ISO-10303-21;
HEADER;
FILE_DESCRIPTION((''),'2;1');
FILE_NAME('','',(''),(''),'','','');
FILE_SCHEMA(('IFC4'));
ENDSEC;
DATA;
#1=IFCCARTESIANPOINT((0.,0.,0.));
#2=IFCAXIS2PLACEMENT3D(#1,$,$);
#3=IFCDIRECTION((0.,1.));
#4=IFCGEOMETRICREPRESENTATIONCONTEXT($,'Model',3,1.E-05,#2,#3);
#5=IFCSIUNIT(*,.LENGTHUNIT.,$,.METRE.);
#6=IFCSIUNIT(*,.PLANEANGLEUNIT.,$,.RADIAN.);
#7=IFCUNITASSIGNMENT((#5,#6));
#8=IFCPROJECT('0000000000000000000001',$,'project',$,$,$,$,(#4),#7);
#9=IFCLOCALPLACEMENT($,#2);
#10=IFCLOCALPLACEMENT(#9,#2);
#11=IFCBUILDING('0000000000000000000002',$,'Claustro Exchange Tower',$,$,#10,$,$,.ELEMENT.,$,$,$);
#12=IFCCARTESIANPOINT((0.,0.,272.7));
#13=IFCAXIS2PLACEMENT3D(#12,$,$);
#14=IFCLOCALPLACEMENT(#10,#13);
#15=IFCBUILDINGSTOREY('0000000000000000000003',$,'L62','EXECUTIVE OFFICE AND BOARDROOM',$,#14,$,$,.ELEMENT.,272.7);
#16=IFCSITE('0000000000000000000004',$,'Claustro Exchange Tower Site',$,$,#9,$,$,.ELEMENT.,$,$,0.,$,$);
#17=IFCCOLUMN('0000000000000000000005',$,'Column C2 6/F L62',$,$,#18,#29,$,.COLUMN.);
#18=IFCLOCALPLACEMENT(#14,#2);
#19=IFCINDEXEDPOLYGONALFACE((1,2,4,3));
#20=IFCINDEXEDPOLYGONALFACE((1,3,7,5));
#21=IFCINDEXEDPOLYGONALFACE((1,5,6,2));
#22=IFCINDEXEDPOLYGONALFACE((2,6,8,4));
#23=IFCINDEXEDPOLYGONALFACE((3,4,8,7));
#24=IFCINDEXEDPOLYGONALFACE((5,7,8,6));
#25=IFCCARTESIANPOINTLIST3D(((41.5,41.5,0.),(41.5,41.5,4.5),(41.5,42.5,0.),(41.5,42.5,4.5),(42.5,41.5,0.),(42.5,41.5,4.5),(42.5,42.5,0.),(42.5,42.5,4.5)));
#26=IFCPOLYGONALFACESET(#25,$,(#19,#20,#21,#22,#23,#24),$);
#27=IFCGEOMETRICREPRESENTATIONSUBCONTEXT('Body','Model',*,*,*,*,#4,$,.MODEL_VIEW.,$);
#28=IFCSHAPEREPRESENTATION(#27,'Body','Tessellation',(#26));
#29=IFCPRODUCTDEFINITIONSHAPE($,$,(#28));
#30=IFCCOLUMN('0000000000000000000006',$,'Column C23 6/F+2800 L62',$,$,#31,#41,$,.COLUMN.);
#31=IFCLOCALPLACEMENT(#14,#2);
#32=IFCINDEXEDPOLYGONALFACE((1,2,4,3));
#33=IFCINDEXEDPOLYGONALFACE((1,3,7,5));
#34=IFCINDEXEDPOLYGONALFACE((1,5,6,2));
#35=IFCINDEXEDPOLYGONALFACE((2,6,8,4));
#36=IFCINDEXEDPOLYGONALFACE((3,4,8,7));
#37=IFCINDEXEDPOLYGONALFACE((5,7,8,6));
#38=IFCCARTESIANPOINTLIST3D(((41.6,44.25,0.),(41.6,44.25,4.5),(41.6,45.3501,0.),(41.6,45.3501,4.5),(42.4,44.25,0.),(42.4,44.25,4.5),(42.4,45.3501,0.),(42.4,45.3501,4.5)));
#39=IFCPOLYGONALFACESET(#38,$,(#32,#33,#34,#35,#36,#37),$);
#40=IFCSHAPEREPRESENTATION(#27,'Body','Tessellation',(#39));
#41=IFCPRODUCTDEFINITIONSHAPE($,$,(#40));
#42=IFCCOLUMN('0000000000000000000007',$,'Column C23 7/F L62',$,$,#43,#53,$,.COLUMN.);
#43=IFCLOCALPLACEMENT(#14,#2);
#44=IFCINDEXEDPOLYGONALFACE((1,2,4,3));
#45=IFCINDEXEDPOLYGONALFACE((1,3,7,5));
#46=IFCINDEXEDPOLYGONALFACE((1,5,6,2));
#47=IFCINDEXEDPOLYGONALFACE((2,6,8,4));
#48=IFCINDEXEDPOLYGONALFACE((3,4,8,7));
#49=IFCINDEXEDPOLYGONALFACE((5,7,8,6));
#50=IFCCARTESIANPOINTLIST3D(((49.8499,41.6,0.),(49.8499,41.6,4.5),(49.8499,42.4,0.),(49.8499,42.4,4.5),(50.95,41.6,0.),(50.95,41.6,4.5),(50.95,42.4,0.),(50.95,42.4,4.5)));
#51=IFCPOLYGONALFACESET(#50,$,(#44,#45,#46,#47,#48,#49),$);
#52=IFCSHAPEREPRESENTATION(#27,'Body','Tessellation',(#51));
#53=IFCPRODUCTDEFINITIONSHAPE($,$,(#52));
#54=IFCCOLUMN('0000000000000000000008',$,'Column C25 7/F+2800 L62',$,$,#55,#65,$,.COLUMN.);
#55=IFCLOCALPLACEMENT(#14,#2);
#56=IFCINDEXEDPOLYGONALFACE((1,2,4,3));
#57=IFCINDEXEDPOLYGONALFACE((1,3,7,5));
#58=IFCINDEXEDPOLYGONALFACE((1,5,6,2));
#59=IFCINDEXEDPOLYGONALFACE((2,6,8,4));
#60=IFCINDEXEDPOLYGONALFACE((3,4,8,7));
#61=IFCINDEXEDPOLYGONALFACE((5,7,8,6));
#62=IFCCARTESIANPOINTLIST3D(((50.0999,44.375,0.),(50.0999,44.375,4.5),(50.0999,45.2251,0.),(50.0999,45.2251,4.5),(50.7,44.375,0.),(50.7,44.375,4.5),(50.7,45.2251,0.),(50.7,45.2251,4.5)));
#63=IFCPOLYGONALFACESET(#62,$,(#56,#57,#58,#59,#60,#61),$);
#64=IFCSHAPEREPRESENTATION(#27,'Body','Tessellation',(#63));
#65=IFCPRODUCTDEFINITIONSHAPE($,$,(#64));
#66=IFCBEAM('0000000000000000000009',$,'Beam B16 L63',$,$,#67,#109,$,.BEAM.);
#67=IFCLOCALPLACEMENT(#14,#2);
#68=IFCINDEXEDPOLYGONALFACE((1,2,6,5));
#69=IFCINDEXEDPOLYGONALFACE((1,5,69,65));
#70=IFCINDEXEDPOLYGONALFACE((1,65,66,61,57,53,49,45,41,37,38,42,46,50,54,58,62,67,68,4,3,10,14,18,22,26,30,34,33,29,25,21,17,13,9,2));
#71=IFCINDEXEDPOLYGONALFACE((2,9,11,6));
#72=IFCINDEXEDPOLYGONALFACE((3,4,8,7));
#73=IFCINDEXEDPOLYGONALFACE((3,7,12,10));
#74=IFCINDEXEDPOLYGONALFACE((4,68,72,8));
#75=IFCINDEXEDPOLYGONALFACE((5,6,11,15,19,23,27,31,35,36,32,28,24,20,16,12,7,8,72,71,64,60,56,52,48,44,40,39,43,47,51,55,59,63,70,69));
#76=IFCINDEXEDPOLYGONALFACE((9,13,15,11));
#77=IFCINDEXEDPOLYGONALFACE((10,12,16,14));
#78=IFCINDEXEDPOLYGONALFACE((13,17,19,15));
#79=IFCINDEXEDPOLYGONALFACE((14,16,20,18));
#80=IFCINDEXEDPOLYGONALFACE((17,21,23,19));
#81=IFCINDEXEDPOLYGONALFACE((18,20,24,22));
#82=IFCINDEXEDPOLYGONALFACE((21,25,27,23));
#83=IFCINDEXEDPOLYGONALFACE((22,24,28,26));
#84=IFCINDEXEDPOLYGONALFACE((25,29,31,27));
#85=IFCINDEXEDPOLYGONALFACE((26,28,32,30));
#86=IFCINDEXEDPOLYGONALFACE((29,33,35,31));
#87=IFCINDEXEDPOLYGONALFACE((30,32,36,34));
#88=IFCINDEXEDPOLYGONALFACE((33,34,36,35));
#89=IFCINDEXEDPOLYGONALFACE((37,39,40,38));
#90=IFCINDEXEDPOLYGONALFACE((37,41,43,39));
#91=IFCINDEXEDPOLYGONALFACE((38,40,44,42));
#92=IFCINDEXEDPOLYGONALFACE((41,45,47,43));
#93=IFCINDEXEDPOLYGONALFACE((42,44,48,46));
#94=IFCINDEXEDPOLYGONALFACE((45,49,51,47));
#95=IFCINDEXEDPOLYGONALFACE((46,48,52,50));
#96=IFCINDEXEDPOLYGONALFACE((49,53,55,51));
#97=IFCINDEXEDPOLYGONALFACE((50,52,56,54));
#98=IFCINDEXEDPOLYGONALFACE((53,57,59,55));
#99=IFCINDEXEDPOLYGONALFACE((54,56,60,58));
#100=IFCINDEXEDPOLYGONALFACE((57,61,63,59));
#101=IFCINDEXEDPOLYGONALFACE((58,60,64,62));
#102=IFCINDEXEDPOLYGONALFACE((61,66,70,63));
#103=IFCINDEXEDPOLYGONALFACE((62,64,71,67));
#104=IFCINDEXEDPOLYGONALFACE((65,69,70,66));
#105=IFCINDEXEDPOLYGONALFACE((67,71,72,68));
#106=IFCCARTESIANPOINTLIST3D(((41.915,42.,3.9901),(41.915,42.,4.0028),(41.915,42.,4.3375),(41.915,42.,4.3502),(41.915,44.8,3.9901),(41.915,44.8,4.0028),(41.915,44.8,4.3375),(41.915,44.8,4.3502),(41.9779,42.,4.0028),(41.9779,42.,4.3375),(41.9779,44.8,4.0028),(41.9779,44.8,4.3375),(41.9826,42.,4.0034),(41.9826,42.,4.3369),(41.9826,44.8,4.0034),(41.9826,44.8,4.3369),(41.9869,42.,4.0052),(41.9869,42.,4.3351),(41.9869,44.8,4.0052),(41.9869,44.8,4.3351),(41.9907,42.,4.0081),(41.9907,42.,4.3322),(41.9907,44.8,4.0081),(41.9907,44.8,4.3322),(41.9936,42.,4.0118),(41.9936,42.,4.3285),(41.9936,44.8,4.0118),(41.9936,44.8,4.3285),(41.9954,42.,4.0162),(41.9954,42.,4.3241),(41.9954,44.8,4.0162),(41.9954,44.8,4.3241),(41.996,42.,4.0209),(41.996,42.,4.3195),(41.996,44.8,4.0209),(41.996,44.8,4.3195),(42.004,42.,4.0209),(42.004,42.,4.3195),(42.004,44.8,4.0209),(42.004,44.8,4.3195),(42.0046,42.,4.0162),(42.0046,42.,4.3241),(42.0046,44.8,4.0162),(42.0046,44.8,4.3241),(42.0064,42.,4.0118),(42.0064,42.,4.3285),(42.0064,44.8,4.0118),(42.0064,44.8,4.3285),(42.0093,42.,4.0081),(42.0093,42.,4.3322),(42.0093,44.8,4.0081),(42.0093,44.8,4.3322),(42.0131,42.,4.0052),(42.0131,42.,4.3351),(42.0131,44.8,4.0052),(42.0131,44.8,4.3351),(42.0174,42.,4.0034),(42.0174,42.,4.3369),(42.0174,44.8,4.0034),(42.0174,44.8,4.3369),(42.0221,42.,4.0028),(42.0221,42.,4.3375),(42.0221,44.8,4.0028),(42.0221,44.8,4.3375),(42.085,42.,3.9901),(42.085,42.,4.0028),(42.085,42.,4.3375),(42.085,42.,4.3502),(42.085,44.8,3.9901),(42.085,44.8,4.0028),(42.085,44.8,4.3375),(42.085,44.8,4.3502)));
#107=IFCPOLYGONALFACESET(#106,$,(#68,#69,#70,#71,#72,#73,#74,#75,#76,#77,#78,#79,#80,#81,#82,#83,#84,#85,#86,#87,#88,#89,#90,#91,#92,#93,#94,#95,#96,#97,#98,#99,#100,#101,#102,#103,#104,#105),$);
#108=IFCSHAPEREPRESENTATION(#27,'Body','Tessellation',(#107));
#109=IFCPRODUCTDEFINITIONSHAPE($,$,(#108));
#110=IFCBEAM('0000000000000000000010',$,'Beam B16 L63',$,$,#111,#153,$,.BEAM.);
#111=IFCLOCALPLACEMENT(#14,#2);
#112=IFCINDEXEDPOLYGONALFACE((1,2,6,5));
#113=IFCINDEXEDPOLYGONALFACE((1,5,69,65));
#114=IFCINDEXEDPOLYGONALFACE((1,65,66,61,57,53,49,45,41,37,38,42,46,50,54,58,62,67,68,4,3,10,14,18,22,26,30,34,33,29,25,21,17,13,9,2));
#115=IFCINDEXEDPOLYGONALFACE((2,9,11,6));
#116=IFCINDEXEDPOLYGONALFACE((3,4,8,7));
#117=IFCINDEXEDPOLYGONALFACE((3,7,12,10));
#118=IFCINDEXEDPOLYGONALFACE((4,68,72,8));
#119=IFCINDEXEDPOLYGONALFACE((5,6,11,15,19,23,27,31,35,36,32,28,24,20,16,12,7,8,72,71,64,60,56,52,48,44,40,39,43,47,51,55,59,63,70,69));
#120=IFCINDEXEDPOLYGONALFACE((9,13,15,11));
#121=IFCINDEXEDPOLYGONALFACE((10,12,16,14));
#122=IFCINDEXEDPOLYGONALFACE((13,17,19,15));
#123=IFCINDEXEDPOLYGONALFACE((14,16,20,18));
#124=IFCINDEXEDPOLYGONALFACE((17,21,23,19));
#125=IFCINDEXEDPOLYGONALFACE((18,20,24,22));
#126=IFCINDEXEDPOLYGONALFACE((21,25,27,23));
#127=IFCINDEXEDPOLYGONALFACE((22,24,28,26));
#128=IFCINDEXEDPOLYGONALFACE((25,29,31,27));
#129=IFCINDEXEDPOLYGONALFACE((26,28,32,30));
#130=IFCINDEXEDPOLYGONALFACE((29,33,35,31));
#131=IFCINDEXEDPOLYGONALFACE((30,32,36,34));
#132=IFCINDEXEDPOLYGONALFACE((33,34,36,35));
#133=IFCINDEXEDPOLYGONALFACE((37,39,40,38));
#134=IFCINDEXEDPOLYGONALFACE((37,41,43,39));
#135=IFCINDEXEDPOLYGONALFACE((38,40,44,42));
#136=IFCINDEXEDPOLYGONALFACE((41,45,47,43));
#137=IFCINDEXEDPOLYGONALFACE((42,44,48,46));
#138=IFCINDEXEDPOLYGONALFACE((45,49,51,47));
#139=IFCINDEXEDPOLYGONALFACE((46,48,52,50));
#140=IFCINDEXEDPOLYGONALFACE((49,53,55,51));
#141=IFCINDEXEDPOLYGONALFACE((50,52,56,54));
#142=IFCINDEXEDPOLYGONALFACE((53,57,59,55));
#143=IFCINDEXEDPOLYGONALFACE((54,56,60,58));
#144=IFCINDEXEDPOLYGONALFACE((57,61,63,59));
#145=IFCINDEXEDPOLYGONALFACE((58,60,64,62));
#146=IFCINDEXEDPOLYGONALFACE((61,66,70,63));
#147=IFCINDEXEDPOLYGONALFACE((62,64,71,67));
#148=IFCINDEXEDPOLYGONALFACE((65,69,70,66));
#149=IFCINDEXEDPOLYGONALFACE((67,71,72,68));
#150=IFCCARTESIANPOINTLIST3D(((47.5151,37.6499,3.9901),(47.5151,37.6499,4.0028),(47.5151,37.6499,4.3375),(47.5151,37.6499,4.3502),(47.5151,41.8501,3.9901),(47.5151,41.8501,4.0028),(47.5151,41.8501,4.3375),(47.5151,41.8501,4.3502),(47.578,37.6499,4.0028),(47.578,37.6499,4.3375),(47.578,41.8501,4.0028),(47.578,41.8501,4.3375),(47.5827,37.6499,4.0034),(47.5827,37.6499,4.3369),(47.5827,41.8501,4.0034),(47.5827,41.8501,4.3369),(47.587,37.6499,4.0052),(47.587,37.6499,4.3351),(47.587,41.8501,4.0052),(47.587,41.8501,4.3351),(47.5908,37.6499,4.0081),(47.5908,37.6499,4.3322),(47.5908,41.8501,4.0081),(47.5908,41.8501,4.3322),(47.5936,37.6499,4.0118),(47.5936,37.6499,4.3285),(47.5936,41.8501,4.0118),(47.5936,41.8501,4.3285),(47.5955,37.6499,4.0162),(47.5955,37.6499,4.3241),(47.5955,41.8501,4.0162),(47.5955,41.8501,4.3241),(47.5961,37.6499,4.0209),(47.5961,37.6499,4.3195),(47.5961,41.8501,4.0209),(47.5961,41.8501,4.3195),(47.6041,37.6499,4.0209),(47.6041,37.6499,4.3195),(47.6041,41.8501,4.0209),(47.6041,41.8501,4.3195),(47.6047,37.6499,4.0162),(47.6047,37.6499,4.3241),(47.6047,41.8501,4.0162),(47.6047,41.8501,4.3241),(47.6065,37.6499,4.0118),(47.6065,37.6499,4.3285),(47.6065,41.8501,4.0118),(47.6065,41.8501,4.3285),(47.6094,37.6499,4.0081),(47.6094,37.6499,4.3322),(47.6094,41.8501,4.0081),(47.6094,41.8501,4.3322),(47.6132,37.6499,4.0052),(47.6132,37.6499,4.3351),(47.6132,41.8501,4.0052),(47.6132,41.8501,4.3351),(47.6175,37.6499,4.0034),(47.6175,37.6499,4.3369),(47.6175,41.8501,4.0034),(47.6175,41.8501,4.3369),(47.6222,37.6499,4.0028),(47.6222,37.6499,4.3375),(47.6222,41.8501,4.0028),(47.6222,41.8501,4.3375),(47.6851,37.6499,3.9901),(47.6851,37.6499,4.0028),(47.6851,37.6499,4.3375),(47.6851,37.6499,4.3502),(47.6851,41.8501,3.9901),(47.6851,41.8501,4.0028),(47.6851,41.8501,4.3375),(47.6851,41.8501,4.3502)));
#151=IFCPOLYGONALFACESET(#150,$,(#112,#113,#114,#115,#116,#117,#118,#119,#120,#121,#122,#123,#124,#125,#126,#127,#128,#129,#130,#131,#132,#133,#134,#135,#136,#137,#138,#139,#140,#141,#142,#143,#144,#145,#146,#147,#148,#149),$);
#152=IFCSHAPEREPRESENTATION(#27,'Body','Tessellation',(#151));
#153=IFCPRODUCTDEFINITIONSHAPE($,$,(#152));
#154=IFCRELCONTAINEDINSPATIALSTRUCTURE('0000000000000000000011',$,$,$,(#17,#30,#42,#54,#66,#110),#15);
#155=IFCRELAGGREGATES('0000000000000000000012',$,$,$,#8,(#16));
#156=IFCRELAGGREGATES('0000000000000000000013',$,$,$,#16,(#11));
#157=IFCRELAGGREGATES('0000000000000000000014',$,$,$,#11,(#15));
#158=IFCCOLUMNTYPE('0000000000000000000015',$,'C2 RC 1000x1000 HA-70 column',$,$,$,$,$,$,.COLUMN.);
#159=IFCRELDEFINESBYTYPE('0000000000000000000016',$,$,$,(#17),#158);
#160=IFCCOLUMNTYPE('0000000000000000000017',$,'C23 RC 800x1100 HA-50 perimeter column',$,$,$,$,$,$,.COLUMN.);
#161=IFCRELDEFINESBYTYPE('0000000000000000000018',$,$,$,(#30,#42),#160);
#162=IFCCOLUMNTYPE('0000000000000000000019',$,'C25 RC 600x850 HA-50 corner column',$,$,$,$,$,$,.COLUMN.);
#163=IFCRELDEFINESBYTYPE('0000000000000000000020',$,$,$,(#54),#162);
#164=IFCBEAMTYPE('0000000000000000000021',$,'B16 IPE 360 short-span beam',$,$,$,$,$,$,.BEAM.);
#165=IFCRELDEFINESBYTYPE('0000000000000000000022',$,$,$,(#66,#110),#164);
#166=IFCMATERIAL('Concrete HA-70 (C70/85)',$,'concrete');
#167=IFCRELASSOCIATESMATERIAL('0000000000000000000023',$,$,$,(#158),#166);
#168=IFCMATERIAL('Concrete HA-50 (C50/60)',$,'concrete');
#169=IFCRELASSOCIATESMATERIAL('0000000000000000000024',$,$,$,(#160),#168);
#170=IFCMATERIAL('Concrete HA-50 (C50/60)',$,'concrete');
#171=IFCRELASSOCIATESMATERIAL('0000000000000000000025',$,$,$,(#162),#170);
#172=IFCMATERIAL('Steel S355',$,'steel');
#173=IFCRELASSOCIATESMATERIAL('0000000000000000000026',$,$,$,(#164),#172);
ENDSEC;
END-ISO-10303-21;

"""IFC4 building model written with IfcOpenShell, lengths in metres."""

from ifc_helpers import new_model, si_unit, direction, frame, origin, origin_2d, place, context, subcontext, project, spatial, rectangle, i_section, extrude, material, material_profile, profile_set, type_object, element, save


model = new_model("IFC4")

# Units and contexts
model_context = context("Model", 3, precision=1e-05, world=origin(), true_north=direction((0.0, 1.0)))
body_context = subcontext(model_context, "Body", "Model", "MODEL_VIEW")
ifc_project = project(units=[si_unit("LENGTHUNIT", "METRE"), si_unit("PLANEANGLEUNIT", "RADIAN")], contexts=[model_context])

# Site, building, storey
site_placement = place(None, origin())
site = spatial("IfcSite", under=ifc_project, at=site_placement, Name="Claustro Exchange Tower Site", CompositionType="ELEMENT", RefElevation=0.0)
building_placement = place(site_placement, origin())
building = spatial("IfcBuilding", under=site, at=building_placement, Name="Claustro Exchange Tower", CompositionType="ELEMENT")
storey_placement = place(building_placement, frame((0.0, 0.0, 272.7)))
storey = spatial("IfcBuildingStorey", under=building, at=storey_placement, Name="L62", Description="EXECUTIVE OFFICE AND BOARDROOM", CompositionType="ELEMENT", Elevation=272.7)

# Columns
ifc_material_1 = material(Name="Concrete HA-70 (C70/85)", Category="concrete")
ifc_material_profile_1 = material_profile(ifc_material_1, rectangle(XDim=1.0, YDim=1.0, at=origin_2d()), Name="RC 1000x1000")
ifc_profile_set_1 = profile_set([ifc_material_profile_1], Name="Concrete HA-70 (C70/85)")
column_type_1 = type_object("IfcColumnType", Name="C2 RC 1000x1000 HA-70 column", PredefinedType="COLUMN", material=ifc_profile_set_1)
column_1_placement = place(storey_placement, frame((42.0, 42.0, 0.0), z_axis=(0.0, 0.0, 1.0), x_axis=(1.0, 0.0, 0.0)))
element("IfcColumn", 1, at=column_1_placement, inside=storey, type_object=column_type_1, Name="Column C2 6/F L62", PredefinedType="COLUMN", context=body_context, shape_type="SweptSolid", body=[
    extrude(rectangle(XDim=1.0, YDim=1.0, at=origin_2d()), origin(), (0.0, 0.0, 1.0), 4.5),
])
ifc_material_2 = material(Name="Concrete HA-50 (C50/60)", Category="concrete")
ifc_material_profile_2 = material_profile(ifc_material_2, rectangle(XDim=0.8, YDim=1.1001, at=origin_2d()), Name="RC 800x1100")
ifc_profile_set_2 = profile_set([ifc_material_profile_2], Name="Concrete HA-50 (C50/60)")
column_type_2 = type_object("IfcColumnType", Name="C23 RC 800x1100 HA-50 perimeter column", PredefinedType="COLUMN", material=ifc_profile_set_2)
for number, where, z_axis, x_axis, name in (
    (2, (42.0, 44.8, 0.0), (0.0, 0.0, 1.0), (1.0, 0.0, 0.0), "Column C23 6/F+2800 L62"),
    (3, (50.3999, 42.0, 0.0), (0.0, 0.0, 1.0), (0.0, 1.0, 0.0), "Column C23 7/F L62"),
):
    element("IfcColumn", number, at=place(storey_placement, frame(where, z_axis=z_axis, x_axis=x_axis)), inside=storey, type_object=column_type_2, Name=name, PredefinedType="COLUMN", context=body_context, shape_type="SweptSolid", body=[
        extrude(rectangle(XDim=0.8, YDim=1.1001, at=origin_2d()), origin(), (0.0, 0.0, 1.0), 4.5),
    ])
ifc_material_3 = material(Name="Concrete HA-50 (C50/60)", Category="concrete")
ifc_material_profile_3 = material_profile(ifc_material_3, rectangle(XDim=0.6001, YDim=0.8501, at=origin_2d()), Name="RC 600x850")
ifc_profile_set_3 = profile_set([ifc_material_profile_3], Name="Concrete HA-50 (C50/60)")
column_type_3 = type_object("IfcColumnType", Name="C25 RC 600x850 HA-50 corner column", PredefinedType="COLUMN", material=ifc_profile_set_3)
column_2_placement = place(storey_placement, frame((50.3999, 44.8, 0.0), z_axis=(0.0, 0.0, 1.0), x_axis=(1.0, 0.0, 0.0)))
element("IfcColumn", 4, at=column_2_placement, inside=storey, type_object=column_type_3, Name="Column C25 7/F+2800 L62", PredefinedType="COLUMN", context=body_context, shape_type="SweptSolid", body=[
    extrude(rectangle(XDim=0.6001, YDim=0.8501, at=origin_2d()), origin(), (0.0, 0.0, 1.0), 4.5),
])

# Beams
ifc_material_4 = material(Name="Steel S355", Category="steel")
ifc_material_profile_4 = material_profile(ifc_material_4, i_section(OverallWidth=0.1699, OverallDepth=0.3601, WebThickness=0.0081, FlangeThickness=0.0127, FilletRadius=0.0181, at=origin_2d()), Name="IPE 360")
ifc_profile_set_4 = profile_set([ifc_material_profile_4], Name="Steel S355")
beam_type_1 = type_object("IfcBeamType", Name="B16 IPE 360 short-span beam", PredefinedType="BEAM", material=ifc_profile_set_4)
beam_1_placement = place(storey_placement, frame((42.0, 42.0, 4.1702), z_axis=(0.0, 1.0, 0.0), x_axis=(-1.0, 0.0, 0.0)))
element("IfcBeam", 5, at=beam_1_placement, inside=storey, type_object=beam_type_1, Name="Beam B16 L63", PredefinedType="BEAM", context=body_context, shape_type="SweptSolid", body=[
    extrude(i_section(OverallWidth=0.1699, OverallDepth=0.3601, WebThickness=0.0081, FlangeThickness=0.0127, FilletRadius=0.0181, at=origin_2d()), origin(), (0.0, 0.0, 1.0), 2.8),
])
beam_2_placement = place(storey_placement, frame((47.6001, 37.6499, 4.1702), z_axis=(0.0, 1.0, 0.0), x_axis=(-1.0, 0.0, 0.0)))
element("IfcBeam", 6, at=beam_2_placement, inside=storey, type_object=beam_type_1, Name="Beam B16 L63", PredefinedType="BEAM", context=body_context, shape_type="SweptSolid", body=[
    extrude(i_section(OverallWidth=0.1699, OverallDepth=0.3601, WebThickness=0.0081, FlangeThickness=0.0127, FilletRadius=0.0181, at=origin_2d()), origin(), (0.0, 0.0, 1.0), 4.2002),
])

save(model, "model.ifc")
